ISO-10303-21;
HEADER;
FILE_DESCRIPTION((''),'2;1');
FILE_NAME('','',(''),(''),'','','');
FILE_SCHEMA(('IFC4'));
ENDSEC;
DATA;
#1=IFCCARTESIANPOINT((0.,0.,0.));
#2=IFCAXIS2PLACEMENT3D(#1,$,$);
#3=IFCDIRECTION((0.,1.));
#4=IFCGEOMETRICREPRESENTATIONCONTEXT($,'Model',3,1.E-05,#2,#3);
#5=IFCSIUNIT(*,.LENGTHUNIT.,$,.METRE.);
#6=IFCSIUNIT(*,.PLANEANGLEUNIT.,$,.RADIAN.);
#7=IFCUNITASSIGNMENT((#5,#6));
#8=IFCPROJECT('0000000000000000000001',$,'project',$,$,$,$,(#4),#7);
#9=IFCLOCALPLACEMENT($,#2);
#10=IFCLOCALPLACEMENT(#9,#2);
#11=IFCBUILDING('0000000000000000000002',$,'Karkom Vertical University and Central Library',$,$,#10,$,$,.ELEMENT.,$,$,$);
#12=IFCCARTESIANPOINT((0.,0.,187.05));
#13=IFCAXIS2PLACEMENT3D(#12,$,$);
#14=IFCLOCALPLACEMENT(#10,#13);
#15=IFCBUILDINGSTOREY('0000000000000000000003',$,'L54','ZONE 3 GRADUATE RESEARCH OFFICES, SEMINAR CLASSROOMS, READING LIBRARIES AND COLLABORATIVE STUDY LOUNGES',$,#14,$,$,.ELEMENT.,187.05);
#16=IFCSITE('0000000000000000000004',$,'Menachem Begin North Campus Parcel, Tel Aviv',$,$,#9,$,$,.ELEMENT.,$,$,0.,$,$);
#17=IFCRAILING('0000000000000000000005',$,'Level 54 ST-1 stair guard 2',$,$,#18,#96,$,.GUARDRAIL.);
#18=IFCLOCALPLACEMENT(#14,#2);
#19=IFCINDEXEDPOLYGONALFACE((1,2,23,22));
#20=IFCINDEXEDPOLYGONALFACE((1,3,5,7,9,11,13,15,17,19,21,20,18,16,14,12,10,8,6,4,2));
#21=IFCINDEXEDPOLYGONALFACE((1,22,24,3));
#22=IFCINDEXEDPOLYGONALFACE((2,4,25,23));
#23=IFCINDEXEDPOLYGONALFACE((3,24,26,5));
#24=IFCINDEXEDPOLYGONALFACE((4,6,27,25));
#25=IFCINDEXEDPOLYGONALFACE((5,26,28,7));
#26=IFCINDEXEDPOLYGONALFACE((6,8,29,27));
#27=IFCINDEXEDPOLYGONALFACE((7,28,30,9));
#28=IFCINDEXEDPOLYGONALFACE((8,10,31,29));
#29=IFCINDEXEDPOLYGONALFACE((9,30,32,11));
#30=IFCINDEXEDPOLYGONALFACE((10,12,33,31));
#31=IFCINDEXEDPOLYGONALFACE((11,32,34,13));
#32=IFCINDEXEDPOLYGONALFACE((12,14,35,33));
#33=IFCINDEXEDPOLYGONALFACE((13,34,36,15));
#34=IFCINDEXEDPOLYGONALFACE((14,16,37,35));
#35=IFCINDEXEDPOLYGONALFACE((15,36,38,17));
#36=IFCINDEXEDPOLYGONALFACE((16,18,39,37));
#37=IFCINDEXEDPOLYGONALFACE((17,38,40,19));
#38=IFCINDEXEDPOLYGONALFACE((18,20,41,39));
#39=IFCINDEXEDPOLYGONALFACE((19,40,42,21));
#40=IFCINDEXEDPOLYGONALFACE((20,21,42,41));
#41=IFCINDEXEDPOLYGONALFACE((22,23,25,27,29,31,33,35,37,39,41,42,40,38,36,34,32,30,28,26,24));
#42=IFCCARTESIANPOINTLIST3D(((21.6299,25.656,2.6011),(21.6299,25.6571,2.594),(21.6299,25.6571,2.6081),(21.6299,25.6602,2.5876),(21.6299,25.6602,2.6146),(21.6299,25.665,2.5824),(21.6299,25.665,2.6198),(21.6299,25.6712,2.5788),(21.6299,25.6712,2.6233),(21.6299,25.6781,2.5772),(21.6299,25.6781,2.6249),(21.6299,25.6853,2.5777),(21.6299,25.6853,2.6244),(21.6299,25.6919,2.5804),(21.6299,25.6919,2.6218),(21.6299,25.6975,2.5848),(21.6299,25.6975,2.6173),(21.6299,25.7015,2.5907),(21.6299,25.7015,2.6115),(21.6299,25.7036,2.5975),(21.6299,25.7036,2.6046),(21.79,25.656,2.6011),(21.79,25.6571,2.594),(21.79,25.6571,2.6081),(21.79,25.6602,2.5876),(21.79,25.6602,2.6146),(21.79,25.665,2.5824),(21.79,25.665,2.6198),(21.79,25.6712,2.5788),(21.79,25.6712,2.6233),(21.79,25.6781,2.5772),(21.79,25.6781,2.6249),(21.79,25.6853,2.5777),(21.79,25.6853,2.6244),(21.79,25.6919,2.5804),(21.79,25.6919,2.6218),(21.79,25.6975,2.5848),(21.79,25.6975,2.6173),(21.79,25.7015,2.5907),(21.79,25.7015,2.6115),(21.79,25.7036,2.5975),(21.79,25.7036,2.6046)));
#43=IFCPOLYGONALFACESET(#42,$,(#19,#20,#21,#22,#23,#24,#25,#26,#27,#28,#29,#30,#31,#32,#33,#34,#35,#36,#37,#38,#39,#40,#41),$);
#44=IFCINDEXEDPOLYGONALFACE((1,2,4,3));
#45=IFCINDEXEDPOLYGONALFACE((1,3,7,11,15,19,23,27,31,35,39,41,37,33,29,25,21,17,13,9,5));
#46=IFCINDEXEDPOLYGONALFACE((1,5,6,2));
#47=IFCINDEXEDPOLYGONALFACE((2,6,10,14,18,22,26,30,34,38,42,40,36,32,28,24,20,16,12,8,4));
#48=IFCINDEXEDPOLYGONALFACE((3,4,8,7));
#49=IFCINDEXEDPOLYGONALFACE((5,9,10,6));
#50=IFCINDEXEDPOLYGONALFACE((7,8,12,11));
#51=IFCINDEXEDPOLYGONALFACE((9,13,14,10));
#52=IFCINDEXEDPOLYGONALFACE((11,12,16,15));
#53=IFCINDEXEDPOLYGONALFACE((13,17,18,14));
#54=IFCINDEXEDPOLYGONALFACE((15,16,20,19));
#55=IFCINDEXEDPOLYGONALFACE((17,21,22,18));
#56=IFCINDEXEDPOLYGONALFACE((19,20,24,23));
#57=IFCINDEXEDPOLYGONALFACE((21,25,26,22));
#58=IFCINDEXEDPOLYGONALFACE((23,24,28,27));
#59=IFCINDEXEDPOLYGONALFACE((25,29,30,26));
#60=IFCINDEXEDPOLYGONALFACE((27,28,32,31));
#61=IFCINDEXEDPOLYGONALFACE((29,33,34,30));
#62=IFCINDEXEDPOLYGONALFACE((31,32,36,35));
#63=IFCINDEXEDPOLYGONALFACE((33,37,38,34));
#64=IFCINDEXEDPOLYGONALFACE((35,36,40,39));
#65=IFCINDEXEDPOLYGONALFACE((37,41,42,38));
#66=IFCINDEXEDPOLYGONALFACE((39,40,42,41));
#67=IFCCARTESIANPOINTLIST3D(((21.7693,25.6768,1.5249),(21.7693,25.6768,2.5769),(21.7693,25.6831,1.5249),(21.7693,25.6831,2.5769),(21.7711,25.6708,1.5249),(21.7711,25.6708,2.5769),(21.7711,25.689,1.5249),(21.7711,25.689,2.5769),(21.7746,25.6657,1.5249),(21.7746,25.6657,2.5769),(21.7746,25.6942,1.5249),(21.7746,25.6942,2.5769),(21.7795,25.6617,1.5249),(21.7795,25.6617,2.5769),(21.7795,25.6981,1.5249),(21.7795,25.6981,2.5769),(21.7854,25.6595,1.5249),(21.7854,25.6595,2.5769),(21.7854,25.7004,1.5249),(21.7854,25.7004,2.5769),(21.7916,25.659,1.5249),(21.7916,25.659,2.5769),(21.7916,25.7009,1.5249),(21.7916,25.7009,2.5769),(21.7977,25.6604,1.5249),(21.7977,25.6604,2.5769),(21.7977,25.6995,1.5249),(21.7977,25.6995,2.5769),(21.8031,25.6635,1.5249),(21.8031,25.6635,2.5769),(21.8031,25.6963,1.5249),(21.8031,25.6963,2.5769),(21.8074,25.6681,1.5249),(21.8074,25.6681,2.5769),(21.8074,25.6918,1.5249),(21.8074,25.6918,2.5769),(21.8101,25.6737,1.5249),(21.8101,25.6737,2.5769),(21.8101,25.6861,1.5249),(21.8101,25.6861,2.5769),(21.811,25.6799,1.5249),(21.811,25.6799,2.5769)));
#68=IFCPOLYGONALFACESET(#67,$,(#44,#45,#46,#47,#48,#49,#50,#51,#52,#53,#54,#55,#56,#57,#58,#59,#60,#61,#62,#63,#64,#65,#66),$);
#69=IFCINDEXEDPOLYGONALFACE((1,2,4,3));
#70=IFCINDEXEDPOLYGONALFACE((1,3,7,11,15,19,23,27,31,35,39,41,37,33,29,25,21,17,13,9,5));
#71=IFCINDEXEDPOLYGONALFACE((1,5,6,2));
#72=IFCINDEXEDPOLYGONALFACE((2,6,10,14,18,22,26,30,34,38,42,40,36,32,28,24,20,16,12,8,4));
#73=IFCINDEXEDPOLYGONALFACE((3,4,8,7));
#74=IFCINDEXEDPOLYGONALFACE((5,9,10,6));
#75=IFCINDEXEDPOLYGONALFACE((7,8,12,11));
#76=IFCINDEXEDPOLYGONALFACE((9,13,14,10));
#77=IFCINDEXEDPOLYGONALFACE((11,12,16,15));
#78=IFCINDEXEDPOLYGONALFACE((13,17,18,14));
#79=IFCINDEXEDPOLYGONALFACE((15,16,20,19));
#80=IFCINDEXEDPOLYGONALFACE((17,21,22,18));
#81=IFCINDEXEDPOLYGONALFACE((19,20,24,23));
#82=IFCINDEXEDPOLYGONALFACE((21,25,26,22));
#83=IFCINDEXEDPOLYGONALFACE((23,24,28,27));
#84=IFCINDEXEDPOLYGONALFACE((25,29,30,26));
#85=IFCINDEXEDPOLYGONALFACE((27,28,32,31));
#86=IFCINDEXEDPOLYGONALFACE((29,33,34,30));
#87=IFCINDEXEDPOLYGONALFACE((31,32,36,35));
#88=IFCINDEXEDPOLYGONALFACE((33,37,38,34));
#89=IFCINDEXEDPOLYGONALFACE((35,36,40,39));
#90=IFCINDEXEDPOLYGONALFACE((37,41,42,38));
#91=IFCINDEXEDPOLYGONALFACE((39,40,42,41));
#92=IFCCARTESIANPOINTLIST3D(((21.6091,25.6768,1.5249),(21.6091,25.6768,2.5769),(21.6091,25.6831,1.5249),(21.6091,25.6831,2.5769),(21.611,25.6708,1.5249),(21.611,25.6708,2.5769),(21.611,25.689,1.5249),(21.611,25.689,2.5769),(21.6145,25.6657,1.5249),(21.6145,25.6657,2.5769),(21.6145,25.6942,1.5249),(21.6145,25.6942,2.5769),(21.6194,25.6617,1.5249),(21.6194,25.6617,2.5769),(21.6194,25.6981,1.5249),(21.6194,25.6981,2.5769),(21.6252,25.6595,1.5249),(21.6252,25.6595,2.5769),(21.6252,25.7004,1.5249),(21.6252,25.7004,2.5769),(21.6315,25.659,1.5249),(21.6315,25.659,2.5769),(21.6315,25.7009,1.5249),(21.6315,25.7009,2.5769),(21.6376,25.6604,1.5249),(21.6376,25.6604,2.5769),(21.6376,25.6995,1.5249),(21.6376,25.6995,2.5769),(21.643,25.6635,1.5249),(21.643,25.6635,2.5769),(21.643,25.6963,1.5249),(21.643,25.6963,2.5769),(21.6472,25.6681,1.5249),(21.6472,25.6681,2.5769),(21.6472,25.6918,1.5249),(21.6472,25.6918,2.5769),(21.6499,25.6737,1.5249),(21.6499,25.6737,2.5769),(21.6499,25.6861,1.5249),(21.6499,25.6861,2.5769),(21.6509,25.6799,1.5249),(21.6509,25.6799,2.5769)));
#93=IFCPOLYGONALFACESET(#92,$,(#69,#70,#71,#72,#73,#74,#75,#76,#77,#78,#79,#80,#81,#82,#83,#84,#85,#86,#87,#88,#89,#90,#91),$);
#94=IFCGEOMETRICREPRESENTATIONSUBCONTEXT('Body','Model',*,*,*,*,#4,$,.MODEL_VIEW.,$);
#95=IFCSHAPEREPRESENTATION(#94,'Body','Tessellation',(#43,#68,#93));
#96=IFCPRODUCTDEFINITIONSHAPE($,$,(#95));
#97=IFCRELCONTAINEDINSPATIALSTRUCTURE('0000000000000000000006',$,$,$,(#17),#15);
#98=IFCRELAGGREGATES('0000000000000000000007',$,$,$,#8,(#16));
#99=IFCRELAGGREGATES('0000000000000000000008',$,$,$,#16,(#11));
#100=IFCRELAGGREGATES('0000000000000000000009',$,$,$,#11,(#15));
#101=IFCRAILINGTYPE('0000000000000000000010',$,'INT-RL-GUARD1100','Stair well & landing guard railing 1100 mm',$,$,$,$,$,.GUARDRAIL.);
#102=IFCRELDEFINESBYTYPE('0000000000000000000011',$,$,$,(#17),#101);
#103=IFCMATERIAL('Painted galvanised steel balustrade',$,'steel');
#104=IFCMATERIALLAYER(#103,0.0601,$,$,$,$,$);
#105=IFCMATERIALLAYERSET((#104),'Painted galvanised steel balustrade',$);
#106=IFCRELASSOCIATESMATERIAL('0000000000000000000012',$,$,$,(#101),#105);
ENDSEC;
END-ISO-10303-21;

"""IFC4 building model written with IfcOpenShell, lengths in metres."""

from ifc_helpers import new_model, si_unit, direction, frame, origin, origin_2d, place, context, subcontext, project, spatial, circle, extrude, material, layer, layer_set, type_object, element, save


model = new_model("IFC4")

# Units and contexts
model_context = context("Model", 3, precision=1e-05, world=origin(), true_north=direction((0.0, 1.0)))
body_context = subcontext(model_context, "Body", "Model", "MODEL_VIEW")
ifc_project = project(units=[si_unit("LENGTHUNIT", "METRE"), si_unit("PLANEANGLEUNIT", "RADIAN")], contexts=[model_context])

# Site, building, storey
site_placement = place(None, origin())
site = spatial("IfcSite", under=ifc_project, at=site_placement, Name="Menachem Begin North Campus Parcel, Tel Aviv", CompositionType="ELEMENT", RefElevation=0.0)
building_placement = place(site_placement, origin())
building = spatial("IfcBuilding", under=site, at=building_placement, Name="Karkom Vertical University and Central Library", CompositionType="ELEMENT")
storey_placement = place(building_placement, frame((0.0, 0.0, 187.05)))
storey = spatial("IfcBuildingStorey", under=building, at=storey_placement, Name="L54", Description="ZONE 3 GRADUATE RESEARCH OFFICES, SEMINAR CLASSROOMS, READING LIBRARIES AND COLLABORATIVE STUDY LOUNGES", CompositionType="ELEMENT", Elevation=187.05)

# Railing
ifc_material_1 = material(Name="Painted galvanised steel balustrade", Category="steel")
ifc_layer_1 = layer(ifc_material_1, 0.0601)
ifc_layer_set_1 = layer_set([ifc_layer_1], Name="Painted galvanised steel balustrade")
railing_type = type_object("IfcRailingType", Name="INT-RL-GUARD1100", Description="Stair well & landing guard railing 1100 mm", PredefinedType="GUARDRAIL", material=ifc_layer_set_1)
railing_placement = place(storey_placement, frame((21.79, 25.6799, 1.5249)))
element("IfcRailing", 1, at=railing_placement, inside=storey, type_object=railing_type, Name="Level 54 ST-1 stair guard 2", PredefinedType="GUARDRAIL", context=body_context, shape_type="SweptSolid", body=[
    extrude(circle(Radius=0.0239, at=origin_2d()), frame((0.0, 0.0, 1.0762), z_axis=(-1.0, 0.0, 0.0), x_axis=(0.0, -1.0, 0.0)), (0.0, 0.0, 1.0), 0.1602),
    extrude(circle(Radius=0.021, at=origin_2d()), origin(), (0.0, 0.0, 1.0), 1.052),
    extrude(circle(Radius=0.021, at=origin_2d()), frame((-0.1602, 0.0, 0.0)), (0.0, 0.0, 1.0), 1.052),
])

save(model, "model.ifc")
